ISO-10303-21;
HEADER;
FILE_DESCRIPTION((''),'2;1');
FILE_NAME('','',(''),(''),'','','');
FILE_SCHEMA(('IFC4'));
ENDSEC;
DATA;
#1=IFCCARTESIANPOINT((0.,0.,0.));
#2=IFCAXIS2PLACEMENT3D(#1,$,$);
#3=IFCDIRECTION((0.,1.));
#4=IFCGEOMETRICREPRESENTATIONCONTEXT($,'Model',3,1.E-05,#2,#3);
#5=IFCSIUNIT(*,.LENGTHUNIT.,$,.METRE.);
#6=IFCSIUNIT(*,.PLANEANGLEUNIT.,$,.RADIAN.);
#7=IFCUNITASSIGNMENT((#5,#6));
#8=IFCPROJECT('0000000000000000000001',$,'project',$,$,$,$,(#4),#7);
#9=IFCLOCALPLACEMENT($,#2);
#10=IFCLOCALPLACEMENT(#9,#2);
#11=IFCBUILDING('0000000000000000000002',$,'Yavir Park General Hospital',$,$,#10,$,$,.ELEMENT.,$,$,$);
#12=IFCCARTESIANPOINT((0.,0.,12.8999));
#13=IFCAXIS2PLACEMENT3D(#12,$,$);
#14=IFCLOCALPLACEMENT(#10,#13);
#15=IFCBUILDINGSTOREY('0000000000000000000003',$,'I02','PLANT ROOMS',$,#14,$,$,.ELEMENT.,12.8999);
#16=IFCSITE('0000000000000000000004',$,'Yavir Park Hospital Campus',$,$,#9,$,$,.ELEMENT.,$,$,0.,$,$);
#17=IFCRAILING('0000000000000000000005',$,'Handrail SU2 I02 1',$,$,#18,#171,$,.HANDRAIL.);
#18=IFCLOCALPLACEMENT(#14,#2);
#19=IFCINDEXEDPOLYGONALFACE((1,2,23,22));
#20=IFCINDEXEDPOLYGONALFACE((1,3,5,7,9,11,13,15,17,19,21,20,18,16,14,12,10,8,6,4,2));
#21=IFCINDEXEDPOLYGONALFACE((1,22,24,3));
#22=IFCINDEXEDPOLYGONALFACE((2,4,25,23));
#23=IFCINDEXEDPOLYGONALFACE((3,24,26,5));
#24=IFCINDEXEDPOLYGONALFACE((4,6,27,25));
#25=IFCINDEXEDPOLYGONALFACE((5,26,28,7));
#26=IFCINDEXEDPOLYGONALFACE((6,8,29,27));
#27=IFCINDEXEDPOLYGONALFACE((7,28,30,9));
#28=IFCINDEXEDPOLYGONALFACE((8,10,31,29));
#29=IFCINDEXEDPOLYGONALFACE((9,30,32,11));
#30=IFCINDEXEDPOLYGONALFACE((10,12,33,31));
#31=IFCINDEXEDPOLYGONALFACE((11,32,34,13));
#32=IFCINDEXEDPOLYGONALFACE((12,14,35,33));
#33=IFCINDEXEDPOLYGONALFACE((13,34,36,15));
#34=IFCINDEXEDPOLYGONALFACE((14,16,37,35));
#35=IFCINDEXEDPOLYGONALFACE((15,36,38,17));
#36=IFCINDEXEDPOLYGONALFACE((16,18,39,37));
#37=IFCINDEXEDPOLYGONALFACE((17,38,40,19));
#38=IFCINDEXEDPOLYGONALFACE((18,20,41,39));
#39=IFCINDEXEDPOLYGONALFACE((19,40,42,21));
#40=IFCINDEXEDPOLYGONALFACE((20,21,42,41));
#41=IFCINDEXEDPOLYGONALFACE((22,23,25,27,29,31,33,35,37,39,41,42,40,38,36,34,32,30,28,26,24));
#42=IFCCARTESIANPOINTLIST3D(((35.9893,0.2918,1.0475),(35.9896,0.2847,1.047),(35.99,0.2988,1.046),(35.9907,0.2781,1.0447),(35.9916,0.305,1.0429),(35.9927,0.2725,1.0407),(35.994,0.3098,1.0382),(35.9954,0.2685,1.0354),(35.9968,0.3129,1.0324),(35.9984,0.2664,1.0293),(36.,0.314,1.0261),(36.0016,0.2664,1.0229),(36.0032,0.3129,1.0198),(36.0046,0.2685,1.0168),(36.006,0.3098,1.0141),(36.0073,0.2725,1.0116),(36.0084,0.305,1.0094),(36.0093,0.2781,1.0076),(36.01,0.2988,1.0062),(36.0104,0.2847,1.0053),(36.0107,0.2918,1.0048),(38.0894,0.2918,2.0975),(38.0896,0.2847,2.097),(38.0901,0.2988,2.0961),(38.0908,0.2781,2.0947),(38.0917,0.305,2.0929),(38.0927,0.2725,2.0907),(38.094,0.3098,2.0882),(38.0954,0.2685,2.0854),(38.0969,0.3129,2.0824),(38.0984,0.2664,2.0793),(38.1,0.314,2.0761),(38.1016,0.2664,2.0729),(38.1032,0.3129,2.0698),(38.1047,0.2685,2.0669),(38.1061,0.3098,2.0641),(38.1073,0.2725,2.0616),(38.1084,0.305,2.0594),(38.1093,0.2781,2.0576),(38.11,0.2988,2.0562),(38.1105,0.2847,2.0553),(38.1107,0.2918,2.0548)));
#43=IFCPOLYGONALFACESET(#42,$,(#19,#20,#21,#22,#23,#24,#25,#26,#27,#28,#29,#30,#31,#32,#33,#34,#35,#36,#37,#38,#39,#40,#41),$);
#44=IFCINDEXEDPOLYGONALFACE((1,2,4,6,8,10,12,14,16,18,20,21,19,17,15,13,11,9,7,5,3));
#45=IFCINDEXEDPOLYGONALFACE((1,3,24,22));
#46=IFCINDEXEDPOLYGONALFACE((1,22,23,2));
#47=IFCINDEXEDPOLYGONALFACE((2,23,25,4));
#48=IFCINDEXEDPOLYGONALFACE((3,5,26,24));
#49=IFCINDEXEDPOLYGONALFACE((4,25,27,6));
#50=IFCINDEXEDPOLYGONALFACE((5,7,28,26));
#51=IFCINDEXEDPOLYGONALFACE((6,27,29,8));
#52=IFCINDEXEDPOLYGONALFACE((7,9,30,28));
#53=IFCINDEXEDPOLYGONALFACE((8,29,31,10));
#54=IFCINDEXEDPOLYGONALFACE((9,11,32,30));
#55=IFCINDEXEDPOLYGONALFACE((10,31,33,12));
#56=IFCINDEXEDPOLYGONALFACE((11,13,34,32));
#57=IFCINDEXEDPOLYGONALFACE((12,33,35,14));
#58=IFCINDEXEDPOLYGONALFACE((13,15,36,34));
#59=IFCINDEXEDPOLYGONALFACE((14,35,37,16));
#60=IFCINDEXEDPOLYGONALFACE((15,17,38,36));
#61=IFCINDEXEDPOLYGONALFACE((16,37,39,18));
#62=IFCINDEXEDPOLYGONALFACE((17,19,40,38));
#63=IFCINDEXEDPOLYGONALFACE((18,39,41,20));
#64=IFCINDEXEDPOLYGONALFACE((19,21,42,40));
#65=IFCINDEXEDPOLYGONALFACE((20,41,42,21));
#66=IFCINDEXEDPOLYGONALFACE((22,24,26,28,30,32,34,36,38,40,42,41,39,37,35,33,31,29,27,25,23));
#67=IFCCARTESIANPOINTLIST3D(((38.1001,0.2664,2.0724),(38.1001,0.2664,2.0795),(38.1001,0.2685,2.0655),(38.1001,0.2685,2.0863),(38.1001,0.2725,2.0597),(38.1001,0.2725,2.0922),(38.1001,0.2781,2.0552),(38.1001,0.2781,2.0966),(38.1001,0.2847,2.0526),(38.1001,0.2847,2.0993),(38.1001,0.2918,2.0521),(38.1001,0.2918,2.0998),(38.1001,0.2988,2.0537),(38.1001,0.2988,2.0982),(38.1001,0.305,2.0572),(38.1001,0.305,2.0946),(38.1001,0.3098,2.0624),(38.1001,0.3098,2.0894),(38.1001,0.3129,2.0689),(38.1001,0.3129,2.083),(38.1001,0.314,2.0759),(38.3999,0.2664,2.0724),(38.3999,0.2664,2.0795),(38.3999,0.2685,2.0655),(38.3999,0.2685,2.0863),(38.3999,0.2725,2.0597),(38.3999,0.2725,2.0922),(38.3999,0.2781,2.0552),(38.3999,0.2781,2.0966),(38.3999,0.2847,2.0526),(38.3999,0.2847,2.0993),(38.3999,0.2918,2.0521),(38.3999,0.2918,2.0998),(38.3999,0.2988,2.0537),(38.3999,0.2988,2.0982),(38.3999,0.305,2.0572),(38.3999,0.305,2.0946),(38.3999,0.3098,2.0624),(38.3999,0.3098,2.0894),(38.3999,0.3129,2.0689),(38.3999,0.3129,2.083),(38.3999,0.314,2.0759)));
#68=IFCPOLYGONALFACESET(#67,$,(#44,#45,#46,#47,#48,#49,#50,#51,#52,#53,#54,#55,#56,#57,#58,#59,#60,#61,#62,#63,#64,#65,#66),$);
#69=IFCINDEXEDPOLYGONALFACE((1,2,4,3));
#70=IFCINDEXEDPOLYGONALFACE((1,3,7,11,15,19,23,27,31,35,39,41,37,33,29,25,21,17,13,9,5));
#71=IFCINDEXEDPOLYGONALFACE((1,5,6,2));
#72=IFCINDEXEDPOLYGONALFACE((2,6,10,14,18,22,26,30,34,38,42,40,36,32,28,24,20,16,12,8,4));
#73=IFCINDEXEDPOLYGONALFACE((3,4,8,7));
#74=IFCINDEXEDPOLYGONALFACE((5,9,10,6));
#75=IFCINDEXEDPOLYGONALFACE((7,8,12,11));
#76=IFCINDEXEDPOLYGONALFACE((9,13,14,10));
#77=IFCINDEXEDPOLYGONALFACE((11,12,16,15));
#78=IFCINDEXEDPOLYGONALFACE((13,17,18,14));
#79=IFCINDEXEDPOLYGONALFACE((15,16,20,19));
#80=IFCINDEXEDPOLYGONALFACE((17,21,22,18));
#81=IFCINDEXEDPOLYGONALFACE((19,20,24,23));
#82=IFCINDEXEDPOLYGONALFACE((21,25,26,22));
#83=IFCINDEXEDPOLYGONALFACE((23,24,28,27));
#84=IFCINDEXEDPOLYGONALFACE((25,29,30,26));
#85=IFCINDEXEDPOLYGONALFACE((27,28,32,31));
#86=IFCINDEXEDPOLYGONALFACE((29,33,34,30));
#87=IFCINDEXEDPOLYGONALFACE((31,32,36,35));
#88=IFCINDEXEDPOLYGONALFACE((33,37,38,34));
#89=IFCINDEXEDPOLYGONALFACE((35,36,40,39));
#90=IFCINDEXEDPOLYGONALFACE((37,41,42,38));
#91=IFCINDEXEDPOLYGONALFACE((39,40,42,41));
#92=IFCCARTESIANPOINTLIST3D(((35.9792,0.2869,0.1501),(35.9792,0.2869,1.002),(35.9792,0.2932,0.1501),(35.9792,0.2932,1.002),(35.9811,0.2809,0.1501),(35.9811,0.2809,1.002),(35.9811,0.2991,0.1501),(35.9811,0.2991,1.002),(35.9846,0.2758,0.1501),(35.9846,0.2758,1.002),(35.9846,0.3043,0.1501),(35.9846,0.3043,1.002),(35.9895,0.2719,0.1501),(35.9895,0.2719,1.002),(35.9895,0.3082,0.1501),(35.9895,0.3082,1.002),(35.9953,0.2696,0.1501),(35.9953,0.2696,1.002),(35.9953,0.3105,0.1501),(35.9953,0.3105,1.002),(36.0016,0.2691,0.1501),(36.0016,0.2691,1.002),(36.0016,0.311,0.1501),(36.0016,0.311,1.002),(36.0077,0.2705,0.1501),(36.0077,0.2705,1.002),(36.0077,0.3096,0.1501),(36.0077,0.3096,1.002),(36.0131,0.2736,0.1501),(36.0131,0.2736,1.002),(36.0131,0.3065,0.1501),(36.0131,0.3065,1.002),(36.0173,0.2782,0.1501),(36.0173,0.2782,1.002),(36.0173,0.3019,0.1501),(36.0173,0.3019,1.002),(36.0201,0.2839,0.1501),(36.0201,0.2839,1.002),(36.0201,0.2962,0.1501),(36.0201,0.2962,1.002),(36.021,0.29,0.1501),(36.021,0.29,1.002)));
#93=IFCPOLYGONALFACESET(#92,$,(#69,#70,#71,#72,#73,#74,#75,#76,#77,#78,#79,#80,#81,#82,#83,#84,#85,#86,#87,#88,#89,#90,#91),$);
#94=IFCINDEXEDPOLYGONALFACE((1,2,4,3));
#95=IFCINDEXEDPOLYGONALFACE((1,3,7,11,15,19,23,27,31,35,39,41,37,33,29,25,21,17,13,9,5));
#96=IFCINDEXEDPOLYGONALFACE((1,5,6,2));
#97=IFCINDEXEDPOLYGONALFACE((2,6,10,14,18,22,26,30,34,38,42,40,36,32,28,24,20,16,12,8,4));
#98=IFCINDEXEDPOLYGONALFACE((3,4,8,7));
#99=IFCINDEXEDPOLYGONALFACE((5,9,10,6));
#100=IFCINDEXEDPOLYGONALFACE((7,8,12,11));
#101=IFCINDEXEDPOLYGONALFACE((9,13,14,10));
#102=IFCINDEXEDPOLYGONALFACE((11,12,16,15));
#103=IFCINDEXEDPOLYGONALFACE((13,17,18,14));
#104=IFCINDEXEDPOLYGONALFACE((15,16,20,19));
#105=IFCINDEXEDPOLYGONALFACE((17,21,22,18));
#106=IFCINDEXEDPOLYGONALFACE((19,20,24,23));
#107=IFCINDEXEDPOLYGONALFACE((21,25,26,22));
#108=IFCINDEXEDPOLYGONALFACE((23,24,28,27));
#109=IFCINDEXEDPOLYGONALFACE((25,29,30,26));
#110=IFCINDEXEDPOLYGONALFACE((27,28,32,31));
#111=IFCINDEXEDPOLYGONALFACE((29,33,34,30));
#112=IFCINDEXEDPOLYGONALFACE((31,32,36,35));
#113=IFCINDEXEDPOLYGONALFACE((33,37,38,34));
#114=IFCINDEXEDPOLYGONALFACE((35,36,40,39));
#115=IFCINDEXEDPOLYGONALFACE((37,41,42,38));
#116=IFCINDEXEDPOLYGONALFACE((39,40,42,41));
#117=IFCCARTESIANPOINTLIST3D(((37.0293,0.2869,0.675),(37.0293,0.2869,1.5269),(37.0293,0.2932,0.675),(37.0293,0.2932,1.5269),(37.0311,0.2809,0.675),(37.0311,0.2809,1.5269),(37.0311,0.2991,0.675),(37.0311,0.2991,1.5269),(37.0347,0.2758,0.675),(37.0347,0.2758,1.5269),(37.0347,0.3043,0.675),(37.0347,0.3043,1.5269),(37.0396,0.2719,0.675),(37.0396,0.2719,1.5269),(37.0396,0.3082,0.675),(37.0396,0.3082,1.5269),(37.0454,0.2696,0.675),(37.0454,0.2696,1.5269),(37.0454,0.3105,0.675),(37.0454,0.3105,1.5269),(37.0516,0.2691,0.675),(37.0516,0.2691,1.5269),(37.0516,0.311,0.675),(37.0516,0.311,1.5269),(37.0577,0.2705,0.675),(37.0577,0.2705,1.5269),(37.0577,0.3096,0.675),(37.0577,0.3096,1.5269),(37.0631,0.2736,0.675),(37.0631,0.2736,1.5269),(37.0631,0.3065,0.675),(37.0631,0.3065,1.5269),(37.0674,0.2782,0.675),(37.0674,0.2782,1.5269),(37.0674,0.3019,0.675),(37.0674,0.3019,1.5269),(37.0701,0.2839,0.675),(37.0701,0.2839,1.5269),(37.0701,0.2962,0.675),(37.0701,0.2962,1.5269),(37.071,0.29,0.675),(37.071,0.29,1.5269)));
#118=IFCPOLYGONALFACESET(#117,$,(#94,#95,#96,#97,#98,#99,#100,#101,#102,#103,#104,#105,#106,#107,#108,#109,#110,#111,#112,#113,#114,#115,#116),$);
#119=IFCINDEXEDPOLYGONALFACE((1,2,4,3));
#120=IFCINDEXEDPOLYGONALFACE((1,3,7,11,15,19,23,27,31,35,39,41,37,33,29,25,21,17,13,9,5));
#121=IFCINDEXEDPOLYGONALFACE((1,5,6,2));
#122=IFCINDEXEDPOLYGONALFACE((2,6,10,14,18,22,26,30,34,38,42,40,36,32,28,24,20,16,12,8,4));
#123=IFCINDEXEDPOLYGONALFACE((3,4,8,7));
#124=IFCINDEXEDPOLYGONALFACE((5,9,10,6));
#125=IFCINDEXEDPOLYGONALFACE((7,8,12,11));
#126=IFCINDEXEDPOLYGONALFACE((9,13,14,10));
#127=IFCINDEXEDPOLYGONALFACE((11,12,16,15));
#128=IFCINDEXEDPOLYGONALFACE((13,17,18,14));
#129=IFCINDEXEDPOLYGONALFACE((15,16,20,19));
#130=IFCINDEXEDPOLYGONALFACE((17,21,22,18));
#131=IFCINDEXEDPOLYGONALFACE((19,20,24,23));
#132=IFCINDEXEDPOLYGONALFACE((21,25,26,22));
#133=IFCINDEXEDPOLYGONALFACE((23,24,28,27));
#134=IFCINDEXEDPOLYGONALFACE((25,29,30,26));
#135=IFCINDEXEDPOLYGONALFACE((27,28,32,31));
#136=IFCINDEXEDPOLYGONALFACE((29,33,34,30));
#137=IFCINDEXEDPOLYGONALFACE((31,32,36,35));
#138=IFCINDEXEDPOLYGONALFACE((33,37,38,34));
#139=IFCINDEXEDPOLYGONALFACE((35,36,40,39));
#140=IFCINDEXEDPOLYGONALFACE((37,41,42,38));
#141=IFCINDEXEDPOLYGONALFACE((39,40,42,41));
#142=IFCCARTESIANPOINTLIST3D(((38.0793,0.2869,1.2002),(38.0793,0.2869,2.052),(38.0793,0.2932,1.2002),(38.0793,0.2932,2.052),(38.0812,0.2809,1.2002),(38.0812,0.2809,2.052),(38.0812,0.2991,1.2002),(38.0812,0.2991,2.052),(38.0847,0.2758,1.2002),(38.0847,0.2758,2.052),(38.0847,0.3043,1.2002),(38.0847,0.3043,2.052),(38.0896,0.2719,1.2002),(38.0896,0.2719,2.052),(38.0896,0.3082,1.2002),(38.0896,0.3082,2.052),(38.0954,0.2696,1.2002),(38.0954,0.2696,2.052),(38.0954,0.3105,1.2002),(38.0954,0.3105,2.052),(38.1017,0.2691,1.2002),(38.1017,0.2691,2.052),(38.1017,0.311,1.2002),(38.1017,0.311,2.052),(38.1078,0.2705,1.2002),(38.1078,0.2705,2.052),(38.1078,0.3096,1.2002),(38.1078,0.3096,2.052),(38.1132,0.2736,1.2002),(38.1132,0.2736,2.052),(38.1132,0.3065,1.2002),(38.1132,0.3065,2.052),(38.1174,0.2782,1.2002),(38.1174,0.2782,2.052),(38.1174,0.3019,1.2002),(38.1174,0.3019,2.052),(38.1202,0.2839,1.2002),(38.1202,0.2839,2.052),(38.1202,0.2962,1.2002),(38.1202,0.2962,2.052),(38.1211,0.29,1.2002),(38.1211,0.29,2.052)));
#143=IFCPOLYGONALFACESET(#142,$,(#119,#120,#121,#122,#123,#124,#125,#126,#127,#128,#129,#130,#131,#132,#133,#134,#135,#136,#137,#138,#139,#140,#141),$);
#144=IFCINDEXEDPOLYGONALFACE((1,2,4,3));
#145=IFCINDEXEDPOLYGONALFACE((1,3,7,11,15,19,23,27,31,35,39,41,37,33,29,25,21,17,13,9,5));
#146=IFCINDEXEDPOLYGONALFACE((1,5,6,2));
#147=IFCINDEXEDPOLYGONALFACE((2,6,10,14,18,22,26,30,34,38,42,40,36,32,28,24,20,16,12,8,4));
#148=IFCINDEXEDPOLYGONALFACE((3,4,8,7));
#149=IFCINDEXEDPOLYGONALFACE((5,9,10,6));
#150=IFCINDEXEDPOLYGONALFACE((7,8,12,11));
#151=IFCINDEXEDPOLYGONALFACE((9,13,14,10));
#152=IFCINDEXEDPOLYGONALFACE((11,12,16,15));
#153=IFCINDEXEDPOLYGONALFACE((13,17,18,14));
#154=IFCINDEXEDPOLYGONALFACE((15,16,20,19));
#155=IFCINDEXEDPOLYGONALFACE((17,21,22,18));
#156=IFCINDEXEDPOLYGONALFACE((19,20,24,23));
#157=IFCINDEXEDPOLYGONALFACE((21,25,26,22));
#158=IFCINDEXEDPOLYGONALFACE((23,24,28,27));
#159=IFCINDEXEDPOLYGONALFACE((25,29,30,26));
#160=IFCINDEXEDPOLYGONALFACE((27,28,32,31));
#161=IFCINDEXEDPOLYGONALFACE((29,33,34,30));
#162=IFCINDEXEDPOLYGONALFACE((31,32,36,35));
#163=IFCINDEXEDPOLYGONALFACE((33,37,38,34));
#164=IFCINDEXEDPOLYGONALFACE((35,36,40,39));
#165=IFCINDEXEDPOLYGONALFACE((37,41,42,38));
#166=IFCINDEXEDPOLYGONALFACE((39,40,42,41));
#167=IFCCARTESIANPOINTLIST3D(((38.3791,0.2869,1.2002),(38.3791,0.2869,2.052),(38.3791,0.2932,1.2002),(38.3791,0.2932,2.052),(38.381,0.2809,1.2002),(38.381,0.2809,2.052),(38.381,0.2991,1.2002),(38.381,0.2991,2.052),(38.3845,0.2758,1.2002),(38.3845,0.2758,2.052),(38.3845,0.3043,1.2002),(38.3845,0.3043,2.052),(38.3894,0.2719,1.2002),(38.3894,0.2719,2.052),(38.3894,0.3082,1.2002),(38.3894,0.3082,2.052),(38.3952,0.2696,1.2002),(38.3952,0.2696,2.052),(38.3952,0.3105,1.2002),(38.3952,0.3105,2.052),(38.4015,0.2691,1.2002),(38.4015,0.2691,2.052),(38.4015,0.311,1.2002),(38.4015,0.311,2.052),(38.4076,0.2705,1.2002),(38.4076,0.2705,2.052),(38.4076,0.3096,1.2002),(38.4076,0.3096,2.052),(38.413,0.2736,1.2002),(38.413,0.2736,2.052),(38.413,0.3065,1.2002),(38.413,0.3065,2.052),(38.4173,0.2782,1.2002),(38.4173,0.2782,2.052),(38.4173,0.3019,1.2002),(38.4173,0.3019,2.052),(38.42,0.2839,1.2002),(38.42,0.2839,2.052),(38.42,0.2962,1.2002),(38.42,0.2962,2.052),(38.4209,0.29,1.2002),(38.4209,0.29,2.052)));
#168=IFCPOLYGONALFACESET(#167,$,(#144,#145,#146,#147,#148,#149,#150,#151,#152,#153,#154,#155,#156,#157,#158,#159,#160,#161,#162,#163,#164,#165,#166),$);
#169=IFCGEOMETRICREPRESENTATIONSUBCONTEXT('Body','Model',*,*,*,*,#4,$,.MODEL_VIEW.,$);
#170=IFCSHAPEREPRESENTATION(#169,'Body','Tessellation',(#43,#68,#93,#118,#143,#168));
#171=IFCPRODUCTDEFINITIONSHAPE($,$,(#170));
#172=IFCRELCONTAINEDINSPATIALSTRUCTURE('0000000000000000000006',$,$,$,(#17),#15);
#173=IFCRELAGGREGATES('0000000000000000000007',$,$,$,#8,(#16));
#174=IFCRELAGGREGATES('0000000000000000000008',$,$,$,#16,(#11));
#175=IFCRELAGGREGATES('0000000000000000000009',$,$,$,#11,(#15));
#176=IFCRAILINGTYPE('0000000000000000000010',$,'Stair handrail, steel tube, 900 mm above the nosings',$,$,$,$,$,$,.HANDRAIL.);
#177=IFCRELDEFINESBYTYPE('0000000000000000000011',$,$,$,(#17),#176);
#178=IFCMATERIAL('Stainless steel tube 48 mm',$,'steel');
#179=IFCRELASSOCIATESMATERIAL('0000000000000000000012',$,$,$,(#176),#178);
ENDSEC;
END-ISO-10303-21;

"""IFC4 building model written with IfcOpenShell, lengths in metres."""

from ifc_helpers import new_model, si_unit, direction, frame, origin, origin_2d, place, context, subcontext, project, spatial, circle, extrude, material, type_object, element, save


model = new_model("IFC4")

# Units and contexts
model_context = context("Model", 3, precision=1e-05, world=origin(), true_north=direction((0.0, 1.0)))
body_context = subcontext(model_context, "Body", "Model", "MODEL_VIEW")
ifc_project = project(units=[si_unit("LENGTHUNIT", "METRE"), si_unit("PLANEANGLEUNIT", "RADIAN")], contexts=[model_context])

# Site, building, storey
site_placement = place(None, origin())
site = spatial("IfcSite", under=ifc_project, at=site_placement, Name="Yavir Park Hospital Campus", CompositionType="ELEMENT", RefElevation=0.0)
building_placement = place(site_placement, origin())
building = spatial("IfcBuilding", under=site, at=building_placement, Name="Yavir Park General Hospital", CompositionType="ELEMENT")
storey_placement = place(building_placement, frame((0.0, 0.0, 12.8999)))
storey = spatial("IfcBuildingStorey", under=building, at=storey_placement, Name="I02", Description="PLANT ROOMS", CompositionType="ELEMENT", Elevation=12.8999)

# Railing
ifc_material_1 = material(Name="Stainless steel tube 48 mm", Category="steel")
railing_type_1 = type_object("IfcRailingType", Name="Stair handrail, steel tube, 900 mm above the nosings", PredefinedType="HANDRAIL", material=ifc_material_1)
for number, where, name in (
    (1, (36.0, 0.29, 0.1501), "Handrail SU2 I02 1"),
):
    element("IfcRailing", number, at=place(storey_placement, frame(where)), inside=storey, type_object=railing_type_1, Name=name, PredefinedType="HANDRAIL", context=body_context, shape_type="SweptSolid", body=[
        extrude(circle(Radius=0.0239, at=origin_2d()), frame((0.0, 0.0, 0.876), z_axis=(0.894427, 0.0, 0.447214), x_axis=(0.0, 1.0, 0.0)), (0.0, 0.0, 1.0), 2.3479),
        extrude(circle(Radius=0.0239, at=origin_2d()), frame((2.1001, 0.0, 1.9258), z_axis=(1.0, 0.0, 0.0), x_axis=(0.0, 1.0, 0.0)), (0.0, 0.0, 1.0), 0.2998),
        extrude(circle(Radius=0.021, at=origin_2d()), origin(), (0.0, 0.0, 1.0), 0.8518),
        extrude(circle(Radius=0.021, at=origin_2d()), frame((1.05, 0.0, 0.5249)), (0.0, 0.0, 1.0), 0.8518),
        extrude(circle(Radius=0.021, at=origin_2d()), frame((2.1001, 0.0, 1.05)), (0.0, 0.0, 1.0), 0.8518),
        extrude(circle(Radius=0.021, at=origin_2d()), frame((2.3999, 0.0, 1.05)), (0.0, 0.0, 1.0), 0.8518),
    ])

save(model, "model.ifc")
